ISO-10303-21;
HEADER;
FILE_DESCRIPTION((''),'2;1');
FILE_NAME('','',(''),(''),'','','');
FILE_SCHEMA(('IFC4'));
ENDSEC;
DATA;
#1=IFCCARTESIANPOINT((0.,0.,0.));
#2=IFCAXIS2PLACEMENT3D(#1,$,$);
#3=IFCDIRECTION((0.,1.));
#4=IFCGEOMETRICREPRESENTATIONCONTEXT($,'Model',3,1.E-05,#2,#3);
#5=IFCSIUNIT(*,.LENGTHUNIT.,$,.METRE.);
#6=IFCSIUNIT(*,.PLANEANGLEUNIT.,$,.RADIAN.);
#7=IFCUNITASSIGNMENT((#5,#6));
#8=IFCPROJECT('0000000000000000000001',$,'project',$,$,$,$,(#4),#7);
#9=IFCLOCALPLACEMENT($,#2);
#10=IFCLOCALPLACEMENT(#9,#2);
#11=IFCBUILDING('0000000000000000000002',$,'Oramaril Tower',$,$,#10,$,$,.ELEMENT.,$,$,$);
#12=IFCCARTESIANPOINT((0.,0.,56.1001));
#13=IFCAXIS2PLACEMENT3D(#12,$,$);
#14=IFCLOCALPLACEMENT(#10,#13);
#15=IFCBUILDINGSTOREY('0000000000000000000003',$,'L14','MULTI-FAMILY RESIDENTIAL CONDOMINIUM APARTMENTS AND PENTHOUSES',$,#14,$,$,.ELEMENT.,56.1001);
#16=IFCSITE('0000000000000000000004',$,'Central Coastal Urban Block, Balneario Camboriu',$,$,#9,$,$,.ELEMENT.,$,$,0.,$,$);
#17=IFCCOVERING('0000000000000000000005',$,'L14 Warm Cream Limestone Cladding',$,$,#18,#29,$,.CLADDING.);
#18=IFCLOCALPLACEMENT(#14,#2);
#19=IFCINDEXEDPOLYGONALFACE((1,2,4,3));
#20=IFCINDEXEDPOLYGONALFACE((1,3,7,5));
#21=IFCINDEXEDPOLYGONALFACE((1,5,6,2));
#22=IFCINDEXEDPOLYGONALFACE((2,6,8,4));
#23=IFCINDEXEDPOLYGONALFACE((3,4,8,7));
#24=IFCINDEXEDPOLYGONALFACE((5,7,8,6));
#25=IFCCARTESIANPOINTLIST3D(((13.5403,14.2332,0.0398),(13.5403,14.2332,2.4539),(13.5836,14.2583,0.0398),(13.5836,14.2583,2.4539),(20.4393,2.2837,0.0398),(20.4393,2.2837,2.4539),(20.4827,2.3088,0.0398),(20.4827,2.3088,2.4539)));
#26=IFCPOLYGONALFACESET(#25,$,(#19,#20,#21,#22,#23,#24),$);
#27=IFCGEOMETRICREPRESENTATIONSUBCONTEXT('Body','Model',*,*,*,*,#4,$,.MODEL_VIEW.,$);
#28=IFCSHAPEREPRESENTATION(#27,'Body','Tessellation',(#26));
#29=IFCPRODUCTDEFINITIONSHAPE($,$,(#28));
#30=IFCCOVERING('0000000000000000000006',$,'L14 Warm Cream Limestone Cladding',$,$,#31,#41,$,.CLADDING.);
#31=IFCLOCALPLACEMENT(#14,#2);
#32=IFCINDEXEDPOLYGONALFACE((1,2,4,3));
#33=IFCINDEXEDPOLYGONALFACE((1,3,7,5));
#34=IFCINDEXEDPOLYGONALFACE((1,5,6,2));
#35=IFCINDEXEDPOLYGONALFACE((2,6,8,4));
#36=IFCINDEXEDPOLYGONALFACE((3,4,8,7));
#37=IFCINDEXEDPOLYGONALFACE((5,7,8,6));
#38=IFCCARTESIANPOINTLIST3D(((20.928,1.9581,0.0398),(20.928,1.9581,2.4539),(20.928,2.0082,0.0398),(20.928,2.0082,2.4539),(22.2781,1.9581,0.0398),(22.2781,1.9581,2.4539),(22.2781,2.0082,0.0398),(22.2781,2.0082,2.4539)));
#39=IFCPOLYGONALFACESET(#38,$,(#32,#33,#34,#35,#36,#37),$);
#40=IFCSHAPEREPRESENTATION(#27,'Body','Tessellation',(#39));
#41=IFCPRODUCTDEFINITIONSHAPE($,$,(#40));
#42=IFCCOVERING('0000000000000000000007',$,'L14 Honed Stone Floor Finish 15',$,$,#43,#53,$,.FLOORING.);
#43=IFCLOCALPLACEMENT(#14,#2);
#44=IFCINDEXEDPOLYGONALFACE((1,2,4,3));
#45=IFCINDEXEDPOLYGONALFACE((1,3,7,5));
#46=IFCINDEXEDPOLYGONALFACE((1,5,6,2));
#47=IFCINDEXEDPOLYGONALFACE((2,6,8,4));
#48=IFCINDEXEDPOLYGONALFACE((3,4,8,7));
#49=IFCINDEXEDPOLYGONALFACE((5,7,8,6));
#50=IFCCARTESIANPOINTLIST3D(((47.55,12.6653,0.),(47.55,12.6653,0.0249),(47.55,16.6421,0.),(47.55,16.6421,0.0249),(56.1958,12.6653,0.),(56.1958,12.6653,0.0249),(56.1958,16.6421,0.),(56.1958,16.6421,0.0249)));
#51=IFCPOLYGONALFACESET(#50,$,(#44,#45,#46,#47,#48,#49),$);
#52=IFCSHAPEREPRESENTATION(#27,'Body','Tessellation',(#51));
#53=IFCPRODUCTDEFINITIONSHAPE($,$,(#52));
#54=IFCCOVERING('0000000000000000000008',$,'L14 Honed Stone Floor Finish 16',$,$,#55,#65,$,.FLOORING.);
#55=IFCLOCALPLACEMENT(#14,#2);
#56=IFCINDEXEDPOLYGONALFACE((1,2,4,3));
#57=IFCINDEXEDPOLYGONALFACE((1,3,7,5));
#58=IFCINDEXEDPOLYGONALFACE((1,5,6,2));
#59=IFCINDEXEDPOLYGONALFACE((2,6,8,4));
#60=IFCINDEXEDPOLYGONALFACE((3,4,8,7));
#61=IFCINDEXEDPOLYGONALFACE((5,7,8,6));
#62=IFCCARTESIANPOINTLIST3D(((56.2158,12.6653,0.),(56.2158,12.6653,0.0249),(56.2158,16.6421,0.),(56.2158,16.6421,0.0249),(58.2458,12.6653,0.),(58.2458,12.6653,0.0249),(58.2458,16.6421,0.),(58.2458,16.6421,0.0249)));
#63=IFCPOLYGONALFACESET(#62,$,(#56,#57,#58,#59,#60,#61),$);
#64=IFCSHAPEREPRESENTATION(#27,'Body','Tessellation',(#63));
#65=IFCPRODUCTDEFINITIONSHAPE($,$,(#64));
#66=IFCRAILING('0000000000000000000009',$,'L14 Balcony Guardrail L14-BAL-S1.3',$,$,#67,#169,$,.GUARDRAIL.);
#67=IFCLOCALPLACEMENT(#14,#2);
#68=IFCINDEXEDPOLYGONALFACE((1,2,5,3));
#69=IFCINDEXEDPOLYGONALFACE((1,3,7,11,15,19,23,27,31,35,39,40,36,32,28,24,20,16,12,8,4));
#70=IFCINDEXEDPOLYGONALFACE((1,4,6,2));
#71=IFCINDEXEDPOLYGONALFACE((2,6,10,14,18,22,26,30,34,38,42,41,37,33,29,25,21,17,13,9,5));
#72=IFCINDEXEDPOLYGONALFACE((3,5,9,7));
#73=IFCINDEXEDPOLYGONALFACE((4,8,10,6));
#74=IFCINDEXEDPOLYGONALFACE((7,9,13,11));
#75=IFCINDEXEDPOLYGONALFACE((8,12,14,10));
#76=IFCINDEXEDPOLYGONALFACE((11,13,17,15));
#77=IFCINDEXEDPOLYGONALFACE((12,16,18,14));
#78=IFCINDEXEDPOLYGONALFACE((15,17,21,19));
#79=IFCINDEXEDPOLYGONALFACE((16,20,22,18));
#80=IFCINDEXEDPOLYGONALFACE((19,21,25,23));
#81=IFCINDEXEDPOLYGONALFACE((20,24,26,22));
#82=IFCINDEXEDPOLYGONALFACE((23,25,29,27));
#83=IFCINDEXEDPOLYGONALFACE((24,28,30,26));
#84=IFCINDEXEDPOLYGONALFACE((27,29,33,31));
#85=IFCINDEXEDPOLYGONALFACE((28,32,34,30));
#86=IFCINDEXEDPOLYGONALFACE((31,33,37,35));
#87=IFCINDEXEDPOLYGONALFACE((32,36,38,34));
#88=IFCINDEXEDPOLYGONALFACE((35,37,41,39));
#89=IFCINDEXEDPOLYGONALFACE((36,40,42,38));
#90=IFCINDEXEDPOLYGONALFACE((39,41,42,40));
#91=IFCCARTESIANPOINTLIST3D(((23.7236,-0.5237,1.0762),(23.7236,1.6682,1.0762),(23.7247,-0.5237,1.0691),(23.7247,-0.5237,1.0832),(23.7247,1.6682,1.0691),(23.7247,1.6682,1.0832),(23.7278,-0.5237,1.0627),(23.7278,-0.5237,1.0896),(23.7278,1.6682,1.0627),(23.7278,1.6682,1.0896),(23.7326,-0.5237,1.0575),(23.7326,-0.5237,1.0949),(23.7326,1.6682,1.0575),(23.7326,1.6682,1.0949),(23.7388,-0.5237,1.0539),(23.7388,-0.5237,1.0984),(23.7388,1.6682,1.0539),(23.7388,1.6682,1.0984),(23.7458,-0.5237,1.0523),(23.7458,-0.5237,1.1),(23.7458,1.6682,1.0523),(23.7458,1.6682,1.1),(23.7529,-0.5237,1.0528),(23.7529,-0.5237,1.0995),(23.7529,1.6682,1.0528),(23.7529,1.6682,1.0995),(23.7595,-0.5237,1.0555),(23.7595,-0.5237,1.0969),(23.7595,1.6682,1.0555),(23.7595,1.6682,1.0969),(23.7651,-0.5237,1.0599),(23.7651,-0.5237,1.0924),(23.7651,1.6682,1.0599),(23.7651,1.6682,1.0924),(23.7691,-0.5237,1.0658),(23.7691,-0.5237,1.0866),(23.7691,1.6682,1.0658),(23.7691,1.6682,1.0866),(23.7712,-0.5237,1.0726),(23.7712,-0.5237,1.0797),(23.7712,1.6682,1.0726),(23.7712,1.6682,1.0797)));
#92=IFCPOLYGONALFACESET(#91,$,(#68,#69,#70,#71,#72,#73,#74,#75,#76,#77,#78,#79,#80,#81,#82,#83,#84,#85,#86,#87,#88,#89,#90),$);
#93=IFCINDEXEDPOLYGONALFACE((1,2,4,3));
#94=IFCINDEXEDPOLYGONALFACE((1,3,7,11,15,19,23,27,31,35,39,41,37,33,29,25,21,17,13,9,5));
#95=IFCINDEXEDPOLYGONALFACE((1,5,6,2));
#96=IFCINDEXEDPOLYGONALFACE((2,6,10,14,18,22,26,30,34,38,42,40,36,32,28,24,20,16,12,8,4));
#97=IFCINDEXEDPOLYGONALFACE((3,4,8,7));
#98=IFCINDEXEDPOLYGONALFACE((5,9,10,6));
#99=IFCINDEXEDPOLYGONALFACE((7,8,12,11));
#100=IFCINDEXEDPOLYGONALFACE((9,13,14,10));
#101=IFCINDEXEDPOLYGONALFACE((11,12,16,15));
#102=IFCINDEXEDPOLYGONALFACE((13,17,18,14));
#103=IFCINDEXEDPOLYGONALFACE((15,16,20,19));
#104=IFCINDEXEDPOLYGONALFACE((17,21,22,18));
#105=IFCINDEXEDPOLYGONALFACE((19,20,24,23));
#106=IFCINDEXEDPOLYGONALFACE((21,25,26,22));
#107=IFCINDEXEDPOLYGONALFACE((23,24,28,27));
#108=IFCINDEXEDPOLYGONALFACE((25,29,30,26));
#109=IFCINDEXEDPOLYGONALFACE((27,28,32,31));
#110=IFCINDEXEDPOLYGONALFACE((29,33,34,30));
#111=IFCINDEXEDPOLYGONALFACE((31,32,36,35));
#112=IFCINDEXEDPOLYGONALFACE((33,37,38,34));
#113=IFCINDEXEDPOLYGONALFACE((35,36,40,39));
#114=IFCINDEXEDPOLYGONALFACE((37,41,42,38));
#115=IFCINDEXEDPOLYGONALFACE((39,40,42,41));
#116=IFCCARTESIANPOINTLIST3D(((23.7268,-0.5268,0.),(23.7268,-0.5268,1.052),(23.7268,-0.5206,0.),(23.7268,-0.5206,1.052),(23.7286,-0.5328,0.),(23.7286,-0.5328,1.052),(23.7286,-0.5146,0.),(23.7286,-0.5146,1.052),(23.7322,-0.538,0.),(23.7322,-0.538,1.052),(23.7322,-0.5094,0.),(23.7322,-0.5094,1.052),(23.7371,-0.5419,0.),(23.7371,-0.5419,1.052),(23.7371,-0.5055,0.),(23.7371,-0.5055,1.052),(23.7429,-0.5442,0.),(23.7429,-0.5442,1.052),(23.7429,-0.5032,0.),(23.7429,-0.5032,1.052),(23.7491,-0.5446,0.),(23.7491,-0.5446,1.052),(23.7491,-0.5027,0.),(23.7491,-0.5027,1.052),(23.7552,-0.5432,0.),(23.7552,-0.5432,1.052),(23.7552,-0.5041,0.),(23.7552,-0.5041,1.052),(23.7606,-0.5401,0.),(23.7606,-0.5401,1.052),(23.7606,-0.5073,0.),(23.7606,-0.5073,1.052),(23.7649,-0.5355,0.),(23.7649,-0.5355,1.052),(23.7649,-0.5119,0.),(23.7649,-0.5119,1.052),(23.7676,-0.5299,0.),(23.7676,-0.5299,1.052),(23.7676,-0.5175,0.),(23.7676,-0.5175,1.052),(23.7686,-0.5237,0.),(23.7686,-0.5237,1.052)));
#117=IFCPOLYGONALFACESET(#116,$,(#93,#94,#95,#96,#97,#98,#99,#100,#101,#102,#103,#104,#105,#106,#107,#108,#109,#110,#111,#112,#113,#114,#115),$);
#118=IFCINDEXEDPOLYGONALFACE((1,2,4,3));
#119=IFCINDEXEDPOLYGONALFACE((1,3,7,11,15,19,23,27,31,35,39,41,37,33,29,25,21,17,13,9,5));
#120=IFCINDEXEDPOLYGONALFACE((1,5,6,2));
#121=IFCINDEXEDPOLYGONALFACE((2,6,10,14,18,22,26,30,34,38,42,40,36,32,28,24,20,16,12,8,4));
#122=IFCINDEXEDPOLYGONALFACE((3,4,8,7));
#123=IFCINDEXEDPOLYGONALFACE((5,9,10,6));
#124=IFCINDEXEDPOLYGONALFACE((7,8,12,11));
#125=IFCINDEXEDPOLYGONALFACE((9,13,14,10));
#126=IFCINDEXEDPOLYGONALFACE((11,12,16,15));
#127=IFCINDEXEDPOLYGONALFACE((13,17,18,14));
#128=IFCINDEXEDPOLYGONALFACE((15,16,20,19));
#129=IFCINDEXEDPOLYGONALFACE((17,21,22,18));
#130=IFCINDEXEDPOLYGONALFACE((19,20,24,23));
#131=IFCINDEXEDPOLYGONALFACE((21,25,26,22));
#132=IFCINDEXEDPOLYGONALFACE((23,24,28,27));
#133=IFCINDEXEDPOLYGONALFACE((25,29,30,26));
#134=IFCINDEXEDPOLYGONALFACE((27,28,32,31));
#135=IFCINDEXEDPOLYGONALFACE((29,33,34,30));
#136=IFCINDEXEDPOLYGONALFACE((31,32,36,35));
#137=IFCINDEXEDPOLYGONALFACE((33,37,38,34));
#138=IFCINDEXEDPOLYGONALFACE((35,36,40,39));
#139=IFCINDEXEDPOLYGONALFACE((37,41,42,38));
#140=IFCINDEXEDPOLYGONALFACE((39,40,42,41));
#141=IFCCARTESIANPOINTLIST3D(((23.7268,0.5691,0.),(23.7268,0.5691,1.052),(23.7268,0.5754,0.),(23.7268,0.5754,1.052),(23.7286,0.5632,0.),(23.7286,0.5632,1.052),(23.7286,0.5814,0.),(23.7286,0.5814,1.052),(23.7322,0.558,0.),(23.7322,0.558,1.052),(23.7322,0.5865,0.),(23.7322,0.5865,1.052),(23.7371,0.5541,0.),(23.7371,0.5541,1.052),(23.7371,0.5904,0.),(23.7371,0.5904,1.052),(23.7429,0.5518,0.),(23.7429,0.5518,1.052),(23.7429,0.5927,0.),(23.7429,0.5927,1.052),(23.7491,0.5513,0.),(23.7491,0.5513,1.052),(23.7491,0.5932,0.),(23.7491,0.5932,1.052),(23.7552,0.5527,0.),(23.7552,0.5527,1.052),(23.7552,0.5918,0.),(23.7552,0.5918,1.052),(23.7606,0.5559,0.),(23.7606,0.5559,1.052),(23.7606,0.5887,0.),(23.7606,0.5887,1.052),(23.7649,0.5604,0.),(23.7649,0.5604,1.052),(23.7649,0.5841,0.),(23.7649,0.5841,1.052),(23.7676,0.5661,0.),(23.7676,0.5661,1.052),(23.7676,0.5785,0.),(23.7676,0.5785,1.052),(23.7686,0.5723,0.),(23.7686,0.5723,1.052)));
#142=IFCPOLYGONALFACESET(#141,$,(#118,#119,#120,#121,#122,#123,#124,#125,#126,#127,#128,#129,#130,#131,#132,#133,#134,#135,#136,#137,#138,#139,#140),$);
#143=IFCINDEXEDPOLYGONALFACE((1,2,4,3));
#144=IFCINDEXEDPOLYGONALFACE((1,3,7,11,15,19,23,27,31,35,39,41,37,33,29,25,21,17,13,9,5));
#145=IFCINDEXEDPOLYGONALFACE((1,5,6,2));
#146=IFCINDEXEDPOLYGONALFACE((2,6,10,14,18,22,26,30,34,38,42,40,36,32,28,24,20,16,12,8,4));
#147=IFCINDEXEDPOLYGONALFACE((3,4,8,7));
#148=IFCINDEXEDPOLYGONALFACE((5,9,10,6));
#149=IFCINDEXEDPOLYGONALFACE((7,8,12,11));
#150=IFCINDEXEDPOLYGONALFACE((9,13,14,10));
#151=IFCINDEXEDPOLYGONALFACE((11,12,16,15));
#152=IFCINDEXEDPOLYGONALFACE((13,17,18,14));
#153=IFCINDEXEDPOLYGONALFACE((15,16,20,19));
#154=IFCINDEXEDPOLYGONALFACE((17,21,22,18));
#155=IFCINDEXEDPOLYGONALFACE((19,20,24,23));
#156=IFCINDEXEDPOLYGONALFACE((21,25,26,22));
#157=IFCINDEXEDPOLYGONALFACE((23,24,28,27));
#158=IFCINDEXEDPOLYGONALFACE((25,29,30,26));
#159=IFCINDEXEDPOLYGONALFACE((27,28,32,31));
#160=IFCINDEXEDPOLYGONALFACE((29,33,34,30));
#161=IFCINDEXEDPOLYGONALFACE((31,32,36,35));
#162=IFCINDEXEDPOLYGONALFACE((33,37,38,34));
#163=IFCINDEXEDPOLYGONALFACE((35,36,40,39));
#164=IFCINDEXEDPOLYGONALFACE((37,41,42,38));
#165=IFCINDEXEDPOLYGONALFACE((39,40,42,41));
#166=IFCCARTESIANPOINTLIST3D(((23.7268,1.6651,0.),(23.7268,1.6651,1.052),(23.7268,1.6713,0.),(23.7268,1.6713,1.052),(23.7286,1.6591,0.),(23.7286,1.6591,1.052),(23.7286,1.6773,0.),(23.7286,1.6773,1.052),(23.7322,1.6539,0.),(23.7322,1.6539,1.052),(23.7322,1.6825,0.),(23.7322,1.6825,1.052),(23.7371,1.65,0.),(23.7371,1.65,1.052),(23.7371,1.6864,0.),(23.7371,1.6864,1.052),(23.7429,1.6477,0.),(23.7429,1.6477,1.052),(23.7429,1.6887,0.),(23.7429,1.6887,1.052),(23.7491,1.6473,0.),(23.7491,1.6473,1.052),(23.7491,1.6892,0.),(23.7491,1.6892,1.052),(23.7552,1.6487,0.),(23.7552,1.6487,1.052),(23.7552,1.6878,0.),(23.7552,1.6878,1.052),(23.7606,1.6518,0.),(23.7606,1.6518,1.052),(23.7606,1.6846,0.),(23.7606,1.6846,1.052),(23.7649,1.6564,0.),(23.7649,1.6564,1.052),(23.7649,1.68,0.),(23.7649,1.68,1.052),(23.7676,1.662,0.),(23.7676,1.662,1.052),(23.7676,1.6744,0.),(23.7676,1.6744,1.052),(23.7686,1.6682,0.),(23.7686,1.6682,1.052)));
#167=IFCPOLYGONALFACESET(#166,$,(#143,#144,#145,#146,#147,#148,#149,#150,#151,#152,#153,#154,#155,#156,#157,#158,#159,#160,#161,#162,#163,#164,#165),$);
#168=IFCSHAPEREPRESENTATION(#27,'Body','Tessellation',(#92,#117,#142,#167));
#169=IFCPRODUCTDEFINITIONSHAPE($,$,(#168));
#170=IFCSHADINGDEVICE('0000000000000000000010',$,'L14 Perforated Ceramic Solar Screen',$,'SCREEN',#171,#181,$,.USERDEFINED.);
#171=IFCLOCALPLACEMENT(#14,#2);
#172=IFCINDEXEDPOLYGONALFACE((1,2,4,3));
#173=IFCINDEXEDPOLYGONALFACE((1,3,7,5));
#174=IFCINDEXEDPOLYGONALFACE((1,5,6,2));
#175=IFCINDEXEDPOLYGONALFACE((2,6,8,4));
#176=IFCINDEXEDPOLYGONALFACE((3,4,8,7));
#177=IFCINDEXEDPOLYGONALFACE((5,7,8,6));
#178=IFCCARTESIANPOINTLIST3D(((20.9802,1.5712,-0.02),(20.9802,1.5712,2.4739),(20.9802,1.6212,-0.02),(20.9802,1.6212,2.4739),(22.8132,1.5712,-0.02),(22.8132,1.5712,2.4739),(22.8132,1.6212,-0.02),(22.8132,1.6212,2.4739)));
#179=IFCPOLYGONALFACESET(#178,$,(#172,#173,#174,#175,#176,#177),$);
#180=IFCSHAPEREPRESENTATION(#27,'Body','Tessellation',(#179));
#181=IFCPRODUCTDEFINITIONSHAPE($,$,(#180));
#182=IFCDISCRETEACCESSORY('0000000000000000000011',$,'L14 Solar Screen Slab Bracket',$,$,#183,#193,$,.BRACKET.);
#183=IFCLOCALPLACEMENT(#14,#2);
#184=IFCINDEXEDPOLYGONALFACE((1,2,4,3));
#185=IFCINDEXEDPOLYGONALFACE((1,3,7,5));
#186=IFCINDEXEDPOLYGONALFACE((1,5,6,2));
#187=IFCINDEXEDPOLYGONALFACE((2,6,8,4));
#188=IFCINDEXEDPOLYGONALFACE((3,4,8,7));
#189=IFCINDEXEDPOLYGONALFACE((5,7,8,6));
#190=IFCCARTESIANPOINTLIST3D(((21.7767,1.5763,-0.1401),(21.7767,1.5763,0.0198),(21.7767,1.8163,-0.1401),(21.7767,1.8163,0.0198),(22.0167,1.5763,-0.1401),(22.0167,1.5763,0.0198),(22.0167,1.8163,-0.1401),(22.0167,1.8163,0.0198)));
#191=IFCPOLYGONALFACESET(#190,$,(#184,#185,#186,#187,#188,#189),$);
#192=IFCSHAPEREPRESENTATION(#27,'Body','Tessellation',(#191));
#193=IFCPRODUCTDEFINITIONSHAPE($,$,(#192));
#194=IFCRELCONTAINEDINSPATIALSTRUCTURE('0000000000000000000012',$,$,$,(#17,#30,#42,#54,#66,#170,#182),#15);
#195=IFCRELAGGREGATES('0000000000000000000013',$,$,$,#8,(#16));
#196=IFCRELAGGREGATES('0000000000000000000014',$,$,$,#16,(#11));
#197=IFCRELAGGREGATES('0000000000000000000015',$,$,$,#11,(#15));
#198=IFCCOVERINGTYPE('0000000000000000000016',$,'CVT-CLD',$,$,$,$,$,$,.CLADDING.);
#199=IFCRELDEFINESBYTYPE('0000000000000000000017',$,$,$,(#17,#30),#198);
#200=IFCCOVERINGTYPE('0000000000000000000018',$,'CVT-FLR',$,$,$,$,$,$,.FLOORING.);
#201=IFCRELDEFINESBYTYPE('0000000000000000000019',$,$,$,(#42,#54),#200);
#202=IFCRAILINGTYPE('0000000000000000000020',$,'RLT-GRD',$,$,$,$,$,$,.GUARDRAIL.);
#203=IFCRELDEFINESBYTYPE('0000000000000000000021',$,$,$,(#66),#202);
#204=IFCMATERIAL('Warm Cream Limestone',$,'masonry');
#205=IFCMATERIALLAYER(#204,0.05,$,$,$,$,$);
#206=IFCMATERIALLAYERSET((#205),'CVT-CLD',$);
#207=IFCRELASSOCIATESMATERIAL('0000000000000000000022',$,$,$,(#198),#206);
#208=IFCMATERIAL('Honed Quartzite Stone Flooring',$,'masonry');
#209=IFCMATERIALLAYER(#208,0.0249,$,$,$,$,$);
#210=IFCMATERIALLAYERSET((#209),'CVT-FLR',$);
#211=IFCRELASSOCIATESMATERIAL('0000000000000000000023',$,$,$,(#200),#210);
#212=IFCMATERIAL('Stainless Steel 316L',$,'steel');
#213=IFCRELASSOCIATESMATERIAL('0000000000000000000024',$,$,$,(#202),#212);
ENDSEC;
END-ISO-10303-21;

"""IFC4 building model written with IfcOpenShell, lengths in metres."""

from ifc_helpers import new_model, si_unit, direction, frame, origin, origin_2d, place, context, subcontext, project, spatial, polyline, rectangle, circle, outline, extrude, material, layer, layer_set, type_object, element, save


model = new_model("IFC4")

# Units and contexts
model_context = context("Model", 3, precision=1e-05, world=origin(), true_north=direction((0.0, 1.0)))
body_context = subcontext(model_context, "Body", "Model", "MODEL_VIEW")
ifc_project = project(units=[si_unit("LENGTHUNIT", "METRE"), si_unit("PLANEANGLEUNIT", "RADIAN")], contexts=[model_context])

# Site, building, storey
site_placement = place(None, origin())
site = spatial("IfcSite", under=ifc_project, at=site_placement, Name="Central Coastal Urban Block, Balneario Camboriu", CompositionType="ELEMENT", RefElevation=0.0)
building_placement = place(site_placement, origin())
building = spatial("IfcBuilding", under=site, at=building_placement, Name="Oramaril Tower", CompositionType="ELEMENT")
storey_placement = place(building_placement, frame((0.0, 0.0, 56.1001)))
storey = spatial("IfcBuildingStorey", under=building, at=storey_placement, Name="L14", Description="MULTI-FAMILY RESIDENTIAL CONDOMINIUM APARTMENTS AND PENTHOUSES", CompositionType="ELEMENT", Elevation=56.1001)

# Coverings
ifc_material_1 = material(Name="Warm Cream Limestone", Category="masonry")
ifc_layer_1 = layer(ifc_material_1, 0.05)
ifc_layer_set_1 = layer_set([ifc_layer_1], Name="CVT-CLD")
covering_type_1 = type_object("IfcCoveringType", Name="CVT-CLD", PredefinedType="CLADDING", material=ifc_layer_set_1)
covering_1_placement = place(storey_placement, frame((17.0115, 8.271, 0.0398), z_axis=(0.0, 0.0, 1.0), x_axis=(0.500002, -0.866025, 0.0)))
element("IfcCovering", 1, at=covering_1_placement, inside=storey, type_object=covering_type_1, Name="L14 Warm Cream Limestone Cladding", PredefinedType="CLADDING", context=body_context, shape_type="SweptSolid", body=[
    extrude(rectangle(XDim=13.7981, YDim=0.05, at=origin_2d()), origin(), (0.0, 0.0, 1.0), 2.4141),
])
covering_2_placement = place(storey_placement, frame((21.603, 1.9832, 0.0398), z_axis=(0.0, 0.0, 1.0), x_axis=(1.0, 0.0, 0.0)))
element("IfcCovering", 2, at=covering_2_placement, inside=storey, type_object=covering_type_1, Name="L14 Warm Cream Limestone Cladding", PredefinedType="CLADDING", context=body_context, shape_type="SweptSolid", body=[
    extrude(rectangle(XDim=1.3501, YDim=0.05, at=origin_2d()), origin(), (0.0, 0.0, 1.0), 2.4141),
])
ifc_material_2 = material(Name="Honed Quartzite Stone Flooring", Category="masonry")
ifc_layer_2 = layer(ifc_material_2, 0.0249)
ifc_layer_set_2 = layer_set([ifc_layer_2], Name="CVT-FLR")
covering_type_2 = type_object("IfcCoveringType", Name="CVT-FLR", PredefinedType="FLOORING", material=ifc_layer_set_2)
covering_3_placement = place(storey_placement, origin())
element("IfcCovering", 3, at=covering_3_placement, inside=storey, type_object=covering_type_2, Name="L14 Honed Stone Floor Finish 15", PredefinedType="FLOORING", context=body_context, shape_type="SweptSolid", body=[
    extrude(outline(polyline([(56.1958, 16.6421), (56.1958, 12.6653), (47.55, 12.6653), (47.55, 16.6421), (56.1958, 16.6421)])), origin(), (0.0, 0.0, 1.0), 0.0249),
])
covering_4_placement = place(storey_placement, origin())
element("IfcCovering", 4, at=covering_4_placement, inside=storey, type_object=covering_type_2, Name="L14 Honed Stone Floor Finish 16", PredefinedType="FLOORING", context=body_context, shape_type="SweptSolid", body=[
    extrude(outline(polyline([(58.2458, 16.6421), (58.2458, 12.6653), (56.2158, 12.6653), (56.2158, 16.6421), (58.2458, 16.6421)])), origin(), (0.0, 0.0, 1.0), 0.0249),
])

# Railing
ifc_material_3 = material(Name="Stainless Steel 316L", Category="steel")
railing_type = type_object("IfcRailingType", Name="RLT-GRD", PredefinedType="GUARDRAIL", material=ifc_material_3)
railing_placement = place(storey_placement, frame((23.7476, -0.5237, 0.0)))
element("IfcRailing", 5, at=railing_placement, inside=storey, type_object=railing_type, Name="L14 Balcony Guardrail L14-BAL-S1.3", PredefinedType="GUARDRAIL", context=body_context, shape_type="SweptSolid", body=[
    extrude(circle(Radius=0.0239, at=origin_2d()), frame((0.0, 0.0, 1.0762), z_axis=(0.0, 1.0, 0.0), x_axis=(-1.0, 0.0, 0.0)), (0.0, 0.0, 1.0), 2.1919),
    extrude(circle(Radius=0.021, at=origin_2d()), origin(), (0.0, 0.0, 1.0), 1.052),
    extrude(circle(Radius=0.021, at=origin_2d()), frame((0.0, 1.0959, 0.0)), (0.0, 0.0, 1.0), 1.052),
    extrude(circle(Radius=0.021, at=origin_2d()), frame((0.0, 2.1919, 0.0)), (0.0, 0.0, 1.0), 1.052),
])

# Shading device
shading_device_placement = place(storey_placement, frame((21.8967, 1.5962, -0.02), z_axis=(0.0, 0.0, 1.0), x_axis=(1.0, 0.0, 0.0)))
element("IfcShadingDevice", 6, at=shading_device_placement, inside=storey, Name="L14 Perforated Ceramic Solar Screen", ObjectType="SCREEN", PredefinedType="USERDEFINED", context=body_context, shape_type="SweptSolid", body=[
    extrude(rectangle(XDim=1.833, YDim=0.05, at=origin_2d()), origin(), (0.0, 0.0, 1.0), 2.4939),
])

# Discrete accessory
discrete_accessory_placement = place(storey_placement, frame((21.8967, 1.6963, -0.1401), z_axis=(0.0, 0.0, 1.0), x_axis=(1.0, 0.0, 0.0)))
element("IfcDiscreteAccessory", 7, at=discrete_accessory_placement, inside=storey, Name="L14 Solar Screen Slab Bracket", PredefinedType="BRACKET", context=body_context, shape_type="SweptSolid", body=[
    extrude(rectangle(XDim=0.24, YDim=0.24, at=origin_2d()), origin(), (0.0, 0.0, 1.0), 0.1599),
])

save(model, "model.ifc")
